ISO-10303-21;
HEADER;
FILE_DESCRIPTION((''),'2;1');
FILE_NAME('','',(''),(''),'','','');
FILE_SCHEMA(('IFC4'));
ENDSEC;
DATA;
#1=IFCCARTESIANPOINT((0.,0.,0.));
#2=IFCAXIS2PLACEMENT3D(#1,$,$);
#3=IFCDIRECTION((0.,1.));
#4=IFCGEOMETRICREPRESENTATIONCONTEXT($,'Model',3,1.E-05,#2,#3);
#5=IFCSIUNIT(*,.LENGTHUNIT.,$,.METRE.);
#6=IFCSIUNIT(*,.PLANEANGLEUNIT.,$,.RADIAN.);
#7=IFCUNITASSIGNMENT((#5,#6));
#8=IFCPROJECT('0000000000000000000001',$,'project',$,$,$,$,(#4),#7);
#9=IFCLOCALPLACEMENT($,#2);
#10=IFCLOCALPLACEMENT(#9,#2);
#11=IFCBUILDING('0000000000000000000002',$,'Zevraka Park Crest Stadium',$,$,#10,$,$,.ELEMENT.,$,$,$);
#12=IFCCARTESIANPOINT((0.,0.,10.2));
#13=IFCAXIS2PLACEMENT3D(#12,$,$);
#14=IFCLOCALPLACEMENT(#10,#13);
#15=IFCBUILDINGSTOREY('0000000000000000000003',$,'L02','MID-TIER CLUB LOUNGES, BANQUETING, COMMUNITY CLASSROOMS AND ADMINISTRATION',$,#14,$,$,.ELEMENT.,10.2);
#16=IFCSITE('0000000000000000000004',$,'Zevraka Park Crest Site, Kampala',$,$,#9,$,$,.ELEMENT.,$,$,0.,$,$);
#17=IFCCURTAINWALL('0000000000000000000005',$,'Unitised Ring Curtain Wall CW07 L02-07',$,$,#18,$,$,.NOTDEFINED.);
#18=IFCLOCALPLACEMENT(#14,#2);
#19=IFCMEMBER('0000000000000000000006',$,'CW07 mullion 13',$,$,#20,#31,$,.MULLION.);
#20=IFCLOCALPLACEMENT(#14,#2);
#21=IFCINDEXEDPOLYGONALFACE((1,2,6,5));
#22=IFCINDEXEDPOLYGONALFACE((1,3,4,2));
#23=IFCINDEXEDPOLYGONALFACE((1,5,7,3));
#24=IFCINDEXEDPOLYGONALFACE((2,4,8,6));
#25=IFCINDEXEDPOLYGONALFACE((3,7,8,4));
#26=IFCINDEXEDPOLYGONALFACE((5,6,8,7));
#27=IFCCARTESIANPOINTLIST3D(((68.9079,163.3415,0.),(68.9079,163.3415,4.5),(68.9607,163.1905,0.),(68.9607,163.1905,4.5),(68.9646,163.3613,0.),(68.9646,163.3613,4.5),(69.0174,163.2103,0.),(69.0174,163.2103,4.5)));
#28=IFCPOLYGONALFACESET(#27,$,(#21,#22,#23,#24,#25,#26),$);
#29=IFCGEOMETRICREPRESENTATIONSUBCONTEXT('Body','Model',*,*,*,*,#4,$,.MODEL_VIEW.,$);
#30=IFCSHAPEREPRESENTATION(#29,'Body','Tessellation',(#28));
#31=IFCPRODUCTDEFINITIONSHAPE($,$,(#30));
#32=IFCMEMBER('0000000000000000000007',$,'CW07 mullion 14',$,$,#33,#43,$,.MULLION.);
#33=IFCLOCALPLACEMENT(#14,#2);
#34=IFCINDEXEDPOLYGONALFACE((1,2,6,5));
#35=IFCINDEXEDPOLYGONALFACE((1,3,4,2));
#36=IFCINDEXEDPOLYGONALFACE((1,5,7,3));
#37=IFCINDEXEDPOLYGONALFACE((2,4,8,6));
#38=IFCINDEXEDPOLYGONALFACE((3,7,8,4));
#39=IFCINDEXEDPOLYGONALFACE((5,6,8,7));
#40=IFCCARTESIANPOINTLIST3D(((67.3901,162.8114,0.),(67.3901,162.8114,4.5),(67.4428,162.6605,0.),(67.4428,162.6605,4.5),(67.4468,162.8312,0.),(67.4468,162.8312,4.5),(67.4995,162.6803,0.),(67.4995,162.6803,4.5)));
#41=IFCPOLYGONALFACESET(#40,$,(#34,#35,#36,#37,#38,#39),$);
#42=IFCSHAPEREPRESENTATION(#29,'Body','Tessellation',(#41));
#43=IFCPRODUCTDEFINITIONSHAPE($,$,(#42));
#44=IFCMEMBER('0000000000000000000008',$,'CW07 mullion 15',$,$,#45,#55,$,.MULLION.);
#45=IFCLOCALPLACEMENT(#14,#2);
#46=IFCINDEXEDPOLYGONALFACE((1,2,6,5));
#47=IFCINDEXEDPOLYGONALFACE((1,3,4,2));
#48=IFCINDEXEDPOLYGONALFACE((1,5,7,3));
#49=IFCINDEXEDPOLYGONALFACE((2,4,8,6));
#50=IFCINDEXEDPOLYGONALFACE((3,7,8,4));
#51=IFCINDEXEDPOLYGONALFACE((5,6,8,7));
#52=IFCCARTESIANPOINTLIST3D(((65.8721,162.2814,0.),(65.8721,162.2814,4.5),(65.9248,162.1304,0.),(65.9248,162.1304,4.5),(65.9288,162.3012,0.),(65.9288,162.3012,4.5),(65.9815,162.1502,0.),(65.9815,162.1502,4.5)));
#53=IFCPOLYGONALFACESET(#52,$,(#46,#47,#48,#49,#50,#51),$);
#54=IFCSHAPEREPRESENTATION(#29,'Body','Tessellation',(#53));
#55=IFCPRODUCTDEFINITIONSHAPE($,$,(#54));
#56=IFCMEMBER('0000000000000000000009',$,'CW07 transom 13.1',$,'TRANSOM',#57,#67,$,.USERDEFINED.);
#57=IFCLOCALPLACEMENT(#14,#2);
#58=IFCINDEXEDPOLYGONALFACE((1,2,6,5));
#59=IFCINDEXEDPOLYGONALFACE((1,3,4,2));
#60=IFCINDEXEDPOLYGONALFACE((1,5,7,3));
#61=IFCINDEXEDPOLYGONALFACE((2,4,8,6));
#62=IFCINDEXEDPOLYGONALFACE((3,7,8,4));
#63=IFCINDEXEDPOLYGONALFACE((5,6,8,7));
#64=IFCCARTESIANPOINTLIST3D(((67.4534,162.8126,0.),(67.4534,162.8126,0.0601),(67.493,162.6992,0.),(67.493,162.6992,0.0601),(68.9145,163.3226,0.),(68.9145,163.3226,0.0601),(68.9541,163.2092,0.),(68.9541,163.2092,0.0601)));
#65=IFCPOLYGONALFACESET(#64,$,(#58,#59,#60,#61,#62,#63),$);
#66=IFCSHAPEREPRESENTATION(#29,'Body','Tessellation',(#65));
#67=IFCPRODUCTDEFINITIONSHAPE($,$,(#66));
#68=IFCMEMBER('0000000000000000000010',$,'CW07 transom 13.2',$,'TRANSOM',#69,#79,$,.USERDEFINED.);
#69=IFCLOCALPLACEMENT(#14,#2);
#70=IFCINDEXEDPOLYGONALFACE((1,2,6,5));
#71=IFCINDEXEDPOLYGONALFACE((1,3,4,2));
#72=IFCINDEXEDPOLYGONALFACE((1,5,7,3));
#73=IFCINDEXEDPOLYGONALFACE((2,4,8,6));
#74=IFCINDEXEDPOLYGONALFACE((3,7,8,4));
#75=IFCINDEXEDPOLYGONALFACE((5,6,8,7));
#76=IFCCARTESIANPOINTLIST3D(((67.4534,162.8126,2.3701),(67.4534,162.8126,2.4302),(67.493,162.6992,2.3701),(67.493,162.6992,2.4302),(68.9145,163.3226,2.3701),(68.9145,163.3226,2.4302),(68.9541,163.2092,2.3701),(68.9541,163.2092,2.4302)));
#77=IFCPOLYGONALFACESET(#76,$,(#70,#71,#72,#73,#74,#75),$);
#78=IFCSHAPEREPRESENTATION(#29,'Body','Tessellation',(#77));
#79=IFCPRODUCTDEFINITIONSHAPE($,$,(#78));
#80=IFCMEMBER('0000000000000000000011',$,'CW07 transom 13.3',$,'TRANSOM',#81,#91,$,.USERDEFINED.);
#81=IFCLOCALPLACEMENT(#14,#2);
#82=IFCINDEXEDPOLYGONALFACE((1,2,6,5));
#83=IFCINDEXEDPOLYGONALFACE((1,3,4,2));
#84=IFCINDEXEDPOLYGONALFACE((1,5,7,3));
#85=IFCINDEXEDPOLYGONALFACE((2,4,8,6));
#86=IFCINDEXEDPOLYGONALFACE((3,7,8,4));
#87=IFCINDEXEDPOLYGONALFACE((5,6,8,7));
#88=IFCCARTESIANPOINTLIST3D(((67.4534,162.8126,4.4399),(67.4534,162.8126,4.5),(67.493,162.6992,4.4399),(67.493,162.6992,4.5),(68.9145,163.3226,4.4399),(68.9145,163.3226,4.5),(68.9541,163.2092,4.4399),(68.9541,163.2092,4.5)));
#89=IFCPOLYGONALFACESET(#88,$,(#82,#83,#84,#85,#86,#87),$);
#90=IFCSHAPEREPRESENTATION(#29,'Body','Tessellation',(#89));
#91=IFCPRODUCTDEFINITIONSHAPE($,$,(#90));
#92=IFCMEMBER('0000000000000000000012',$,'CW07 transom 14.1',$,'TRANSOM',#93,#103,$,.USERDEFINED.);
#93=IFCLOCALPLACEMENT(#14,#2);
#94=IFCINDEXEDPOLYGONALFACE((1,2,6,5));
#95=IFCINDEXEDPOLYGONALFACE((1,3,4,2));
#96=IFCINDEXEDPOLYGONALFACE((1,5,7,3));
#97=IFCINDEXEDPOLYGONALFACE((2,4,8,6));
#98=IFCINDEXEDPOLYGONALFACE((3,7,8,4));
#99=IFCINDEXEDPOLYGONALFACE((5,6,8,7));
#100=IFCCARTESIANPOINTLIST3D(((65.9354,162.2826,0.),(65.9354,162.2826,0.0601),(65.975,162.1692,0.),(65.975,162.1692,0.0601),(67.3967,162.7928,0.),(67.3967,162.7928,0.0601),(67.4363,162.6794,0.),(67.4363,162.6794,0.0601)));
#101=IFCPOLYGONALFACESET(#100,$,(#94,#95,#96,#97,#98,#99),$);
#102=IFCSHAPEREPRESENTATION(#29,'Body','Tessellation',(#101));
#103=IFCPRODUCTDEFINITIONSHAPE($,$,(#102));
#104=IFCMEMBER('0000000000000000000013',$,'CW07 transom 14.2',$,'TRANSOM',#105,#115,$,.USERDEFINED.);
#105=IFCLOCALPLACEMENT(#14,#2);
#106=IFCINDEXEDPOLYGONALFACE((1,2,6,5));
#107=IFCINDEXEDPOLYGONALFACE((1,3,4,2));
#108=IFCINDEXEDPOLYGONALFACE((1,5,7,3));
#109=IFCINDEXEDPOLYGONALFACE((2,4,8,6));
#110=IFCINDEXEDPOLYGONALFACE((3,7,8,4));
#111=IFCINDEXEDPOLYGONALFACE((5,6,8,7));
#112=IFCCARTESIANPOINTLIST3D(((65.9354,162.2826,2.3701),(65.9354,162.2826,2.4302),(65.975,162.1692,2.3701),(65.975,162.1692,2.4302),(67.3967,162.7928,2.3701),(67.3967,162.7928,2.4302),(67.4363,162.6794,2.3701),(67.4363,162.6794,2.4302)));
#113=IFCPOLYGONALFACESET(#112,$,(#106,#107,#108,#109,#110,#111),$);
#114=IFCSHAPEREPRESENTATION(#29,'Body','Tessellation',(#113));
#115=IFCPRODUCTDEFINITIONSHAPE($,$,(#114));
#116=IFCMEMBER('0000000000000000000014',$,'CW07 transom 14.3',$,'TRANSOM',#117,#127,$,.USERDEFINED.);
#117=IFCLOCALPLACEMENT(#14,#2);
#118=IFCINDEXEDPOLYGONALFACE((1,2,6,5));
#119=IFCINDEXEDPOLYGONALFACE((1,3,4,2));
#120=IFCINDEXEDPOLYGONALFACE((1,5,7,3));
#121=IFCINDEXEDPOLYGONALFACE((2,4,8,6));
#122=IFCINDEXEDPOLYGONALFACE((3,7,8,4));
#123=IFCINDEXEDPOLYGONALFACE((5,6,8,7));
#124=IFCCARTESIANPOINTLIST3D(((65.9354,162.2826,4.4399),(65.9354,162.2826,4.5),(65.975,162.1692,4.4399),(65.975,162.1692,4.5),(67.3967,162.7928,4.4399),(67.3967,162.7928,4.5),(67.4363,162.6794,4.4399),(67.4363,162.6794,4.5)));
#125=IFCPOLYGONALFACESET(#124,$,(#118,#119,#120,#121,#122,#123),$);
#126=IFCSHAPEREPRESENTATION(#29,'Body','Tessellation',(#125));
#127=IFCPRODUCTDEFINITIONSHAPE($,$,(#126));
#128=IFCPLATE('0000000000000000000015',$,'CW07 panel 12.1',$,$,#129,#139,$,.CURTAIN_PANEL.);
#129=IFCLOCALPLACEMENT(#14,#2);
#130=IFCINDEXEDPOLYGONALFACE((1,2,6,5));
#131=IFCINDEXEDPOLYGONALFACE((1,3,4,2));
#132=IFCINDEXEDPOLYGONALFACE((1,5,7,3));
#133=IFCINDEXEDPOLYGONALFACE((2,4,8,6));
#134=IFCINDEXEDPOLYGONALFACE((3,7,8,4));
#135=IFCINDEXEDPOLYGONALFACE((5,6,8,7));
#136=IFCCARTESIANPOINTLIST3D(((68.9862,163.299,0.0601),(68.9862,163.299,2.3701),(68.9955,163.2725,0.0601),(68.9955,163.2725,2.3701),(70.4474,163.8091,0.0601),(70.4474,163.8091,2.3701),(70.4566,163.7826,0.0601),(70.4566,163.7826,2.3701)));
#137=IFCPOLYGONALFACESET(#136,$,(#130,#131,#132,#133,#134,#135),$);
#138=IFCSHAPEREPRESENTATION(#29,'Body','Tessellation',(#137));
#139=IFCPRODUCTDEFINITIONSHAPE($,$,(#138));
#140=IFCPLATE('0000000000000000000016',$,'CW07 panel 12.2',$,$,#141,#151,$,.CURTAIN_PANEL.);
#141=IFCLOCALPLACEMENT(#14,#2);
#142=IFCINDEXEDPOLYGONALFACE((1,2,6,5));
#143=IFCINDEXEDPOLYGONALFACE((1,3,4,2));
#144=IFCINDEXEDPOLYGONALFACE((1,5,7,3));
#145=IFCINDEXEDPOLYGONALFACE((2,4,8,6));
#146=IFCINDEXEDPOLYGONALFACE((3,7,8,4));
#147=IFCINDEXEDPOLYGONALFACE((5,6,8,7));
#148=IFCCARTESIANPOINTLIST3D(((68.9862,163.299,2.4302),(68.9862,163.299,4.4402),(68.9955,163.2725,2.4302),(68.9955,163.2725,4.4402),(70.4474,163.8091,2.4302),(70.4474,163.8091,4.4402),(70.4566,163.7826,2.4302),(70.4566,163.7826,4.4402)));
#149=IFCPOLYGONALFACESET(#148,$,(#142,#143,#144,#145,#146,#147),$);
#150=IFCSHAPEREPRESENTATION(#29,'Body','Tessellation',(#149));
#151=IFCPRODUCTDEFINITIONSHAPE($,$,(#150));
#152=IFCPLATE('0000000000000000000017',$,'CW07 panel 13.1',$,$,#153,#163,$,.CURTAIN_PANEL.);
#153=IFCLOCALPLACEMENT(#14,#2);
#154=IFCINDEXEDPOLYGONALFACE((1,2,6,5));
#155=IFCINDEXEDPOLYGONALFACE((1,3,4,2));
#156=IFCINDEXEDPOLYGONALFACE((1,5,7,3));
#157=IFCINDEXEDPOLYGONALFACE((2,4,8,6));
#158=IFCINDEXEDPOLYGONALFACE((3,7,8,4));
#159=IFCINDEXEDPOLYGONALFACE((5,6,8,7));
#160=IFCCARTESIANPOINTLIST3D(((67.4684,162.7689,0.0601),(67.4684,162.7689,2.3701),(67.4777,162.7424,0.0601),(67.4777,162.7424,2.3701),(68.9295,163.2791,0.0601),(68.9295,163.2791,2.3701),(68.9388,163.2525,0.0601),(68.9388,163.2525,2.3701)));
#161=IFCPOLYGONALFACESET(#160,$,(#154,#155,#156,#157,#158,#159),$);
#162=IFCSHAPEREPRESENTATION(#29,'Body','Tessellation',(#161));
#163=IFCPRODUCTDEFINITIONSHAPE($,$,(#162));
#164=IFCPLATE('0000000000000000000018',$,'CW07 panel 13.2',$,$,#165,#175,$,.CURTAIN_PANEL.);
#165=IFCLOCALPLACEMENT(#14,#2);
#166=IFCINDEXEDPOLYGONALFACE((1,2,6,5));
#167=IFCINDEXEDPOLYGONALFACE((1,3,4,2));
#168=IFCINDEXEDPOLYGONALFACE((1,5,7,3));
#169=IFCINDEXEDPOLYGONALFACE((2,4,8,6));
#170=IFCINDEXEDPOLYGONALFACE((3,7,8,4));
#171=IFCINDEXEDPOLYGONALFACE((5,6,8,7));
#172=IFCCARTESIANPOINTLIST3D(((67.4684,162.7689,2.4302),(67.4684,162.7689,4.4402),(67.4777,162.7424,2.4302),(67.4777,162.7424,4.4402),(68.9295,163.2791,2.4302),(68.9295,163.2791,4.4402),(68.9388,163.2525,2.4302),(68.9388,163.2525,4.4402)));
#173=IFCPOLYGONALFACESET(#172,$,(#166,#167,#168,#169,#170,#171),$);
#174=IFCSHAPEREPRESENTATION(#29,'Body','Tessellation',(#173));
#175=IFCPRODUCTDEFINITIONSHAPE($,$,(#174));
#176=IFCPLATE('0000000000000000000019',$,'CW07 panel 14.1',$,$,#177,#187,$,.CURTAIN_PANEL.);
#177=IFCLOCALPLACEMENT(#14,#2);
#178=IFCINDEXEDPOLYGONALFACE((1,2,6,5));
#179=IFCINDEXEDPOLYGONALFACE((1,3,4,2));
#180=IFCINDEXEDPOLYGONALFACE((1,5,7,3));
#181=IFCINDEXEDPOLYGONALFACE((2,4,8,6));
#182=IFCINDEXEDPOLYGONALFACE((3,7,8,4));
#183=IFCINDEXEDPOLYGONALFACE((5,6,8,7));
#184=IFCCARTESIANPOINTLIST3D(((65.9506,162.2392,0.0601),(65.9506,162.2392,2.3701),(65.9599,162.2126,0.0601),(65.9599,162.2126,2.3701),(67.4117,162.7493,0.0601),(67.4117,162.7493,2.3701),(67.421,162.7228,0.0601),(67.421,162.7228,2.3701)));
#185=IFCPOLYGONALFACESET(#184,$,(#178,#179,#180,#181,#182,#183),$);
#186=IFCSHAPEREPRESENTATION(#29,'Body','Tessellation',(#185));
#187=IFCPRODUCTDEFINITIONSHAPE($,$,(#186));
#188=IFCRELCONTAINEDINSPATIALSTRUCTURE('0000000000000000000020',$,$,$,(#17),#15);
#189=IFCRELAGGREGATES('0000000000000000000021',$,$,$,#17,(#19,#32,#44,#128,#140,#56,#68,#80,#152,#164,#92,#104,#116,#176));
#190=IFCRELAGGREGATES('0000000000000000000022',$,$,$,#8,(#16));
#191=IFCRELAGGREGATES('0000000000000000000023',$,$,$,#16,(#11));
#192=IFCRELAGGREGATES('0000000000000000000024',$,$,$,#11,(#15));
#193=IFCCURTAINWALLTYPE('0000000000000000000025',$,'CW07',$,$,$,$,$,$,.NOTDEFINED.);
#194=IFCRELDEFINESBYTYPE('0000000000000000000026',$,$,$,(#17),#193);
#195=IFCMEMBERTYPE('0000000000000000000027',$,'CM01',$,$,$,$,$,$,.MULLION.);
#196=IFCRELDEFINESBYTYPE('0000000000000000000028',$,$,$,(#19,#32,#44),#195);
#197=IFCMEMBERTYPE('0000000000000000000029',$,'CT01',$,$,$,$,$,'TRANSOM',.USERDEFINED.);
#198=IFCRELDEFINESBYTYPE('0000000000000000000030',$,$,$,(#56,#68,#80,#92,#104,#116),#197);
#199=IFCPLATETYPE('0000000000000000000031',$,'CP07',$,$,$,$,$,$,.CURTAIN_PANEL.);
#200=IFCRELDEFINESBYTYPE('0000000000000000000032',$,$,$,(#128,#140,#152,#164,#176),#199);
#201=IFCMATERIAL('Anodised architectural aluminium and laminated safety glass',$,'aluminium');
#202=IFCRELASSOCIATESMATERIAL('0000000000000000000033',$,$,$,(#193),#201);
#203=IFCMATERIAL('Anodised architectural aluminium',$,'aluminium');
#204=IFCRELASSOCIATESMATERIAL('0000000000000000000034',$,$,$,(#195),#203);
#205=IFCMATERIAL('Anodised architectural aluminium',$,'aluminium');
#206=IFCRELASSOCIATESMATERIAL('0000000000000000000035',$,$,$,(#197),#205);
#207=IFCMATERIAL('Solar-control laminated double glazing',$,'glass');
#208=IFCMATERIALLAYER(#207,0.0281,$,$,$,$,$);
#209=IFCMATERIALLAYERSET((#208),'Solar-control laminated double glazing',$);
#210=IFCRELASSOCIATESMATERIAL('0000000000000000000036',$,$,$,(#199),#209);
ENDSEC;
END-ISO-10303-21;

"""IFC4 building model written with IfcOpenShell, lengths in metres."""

from ifc_helpers import new_model, si_unit, direction, frame, origin, origin_2d, place, context, subcontext, project, spatial, rectangle, extrude, material, layer, layer_set, material_profile, profile_set, type_object, element, aggregate, save


model = new_model("IFC4")

# Units and contexts
model_context = context("Model", 3, precision=1e-05, world=origin(), true_north=direction((0.0, 1.0)))
body_context = subcontext(model_context, "Body", "Model", "MODEL_VIEW")
ifc_project = project(units=[si_unit("LENGTHUNIT", "METRE"), si_unit("PLANEANGLEUNIT", "RADIAN")], contexts=[model_context])

# Site, building, storey
site_placement = place(None, origin())
site = spatial("IfcSite", under=ifc_project, at=site_placement, Name="Zevraka Park Crest Site, Kampala", CompositionType="ELEMENT", RefElevation=0.0)
building_placement = place(site_placement, origin())
building = spatial("IfcBuilding", under=site, at=building_placement, Name="Zevraka Park Crest Stadium", CompositionType="ELEMENT")
storey_placement = place(building_placement, frame((0.0, 0.0, 10.2)))
storey = spatial("IfcBuildingStorey", under=building, at=storey_placement, Name="L02", Description="MID-TIER CLUB LOUNGES, BANQUETING, COMMUNITY CLASSROOMS AND ADMINISTRATION", CompositionType="ELEMENT", Elevation=10.2)

# Curtain wall, members, plates
ifc_material_1 = material(Name="Anodised architectural aluminium and laminated safety glass", Category="aluminium")
curtain_wall_type = type_object("IfcCurtainWallType", Name="CW07", PredefinedType="NOTDEFINED", material=ifc_material_1)
curtain_wall_placement = place(storey_placement, origin())
curtain_wall = element("IfcCurtainWall", 1, at=curtain_wall_placement, inside=storey, type_object=curtain_wall_type, Name="Unitised Ring Curtain Wall CW07 L02-07", PredefinedType="NOTDEFINED")
ifc_material_2 = material(Name="Anodised architectural aluminium", Category="aluminium")
ifc_material_profile_1 = material_profile(ifc_material_2, rectangle(XDim=0.1599, YDim=0.0601, at=origin_2d()), Name="ALU MULLION 160x60")
ifc_profile_set_1 = profile_set([ifc_material_profile_1], Name="Anodised architectural aluminium")
member_type_1 = type_object("IfcMemberType", Name="CM01", PredefinedType="MULLION", material=ifc_profile_set_1)
member_1_placement = place(storey_placement, frame((68.9626, 163.2759, 0.0), z_axis=(0.0, 0.0, 1.0), x_axis=(0.329619, -0.944114, 0.0)))
member_1 = element("IfcMember", 2, at=member_1_placement, type_object=member_type_1, Name="CW07 mullion 13", PredefinedType="MULLION", context=body_context, shape_type="SweptSolid", body=[
    extrude(rectangle(XDim=0.1599, YDim=0.0601, at=origin_2d()), origin(), (0.0, 0.0, 1.0), 4.5),
])
member_2_placement = place(storey_placement, frame((67.4448, 162.7458, 0.0), z_axis=(0.0, 0.0, 1.0), x_axis=(0.329619, -0.944114, 0.0)))
member_2 = element("IfcMember", 3, at=member_2_placement, type_object=member_type_1, Name="CW07 mullion 14", PredefinedType="MULLION", context=body_context, shape_type="SweptSolid", body=[
    extrude(rectangle(XDim=0.1599, YDim=0.0601, at=origin_2d()), origin(), (0.0, 0.0, 1.0), 4.5),
])
member_3_placement = place(storey_placement, frame((65.9268, 162.2158, 0.0), z_axis=(0.0, 0.0, 1.0), x_axis=(0.329619, -0.944114, 0.0)))
member_3 = element("IfcMember", 4, at=member_3_placement, type_object=member_type_1, Name="CW07 mullion 15", PredefinedType="MULLION", context=body_context, shape_type="SweptSolid", body=[
    extrude(rectangle(XDim=0.1599, YDim=0.0601, at=origin_2d()), origin(), (0.0, 0.0, 1.0), 4.5),
])
ifc_material_3 = material(Name="Anodised architectural aluminium", Category="aluminium")
ifc_material_profile_2 = material_profile(ifc_material_3, rectangle(XDim=0.1201, YDim=0.0601, at=origin_2d()), Name="ALU TRANSOM 120x60")
ifc_profile_set_2 = profile_set([ifc_material_profile_2], Name="Anodised architectural aluminium")
member_type_2 = type_object("IfcMemberType", Name="CT01", ElementType="TRANSOM", PredefinedType="USERDEFINED", material=ifc_profile_set_2)
member_4_placement = place(storey_placement, frame((68.9343, 163.2659, 0.03), z_axis=(-0.944141, -0.329542, 0.0), x_axis=(0.329542, -0.944141, 0.0)))
member_4 = element("IfcMember", 5, at=member_4_placement, type_object=member_type_2, Name="CW07 transom 13.1", ObjectType="TRANSOM", PredefinedType="USERDEFINED", context=body_context, shape_type="SweptSolid", body=[
    extrude(rectangle(XDim=0.1201, YDim=0.0601, at=origin_2d()), origin(), (0.0, 0.0, 1.0), 1.5476),
])
member_5_placement = place(storey_placement, frame((68.9343, 163.2659, 2.4001), z_axis=(-0.944141, -0.329542, 0.0), x_axis=(0.329542, -0.944141, 0.0)))
member_5 = element("IfcMember", 6, at=member_5_placement, type_object=member_type_2, Name="CW07 transom 13.2", ObjectType="TRANSOM", PredefinedType="USERDEFINED", context=body_context, shape_type="SweptSolid", body=[
    extrude(rectangle(XDim=0.1201, YDim=0.0601, at=origin_2d()), origin(), (0.0, 0.0, 1.0), 1.5476),
])
member_6_placement = place(storey_placement, frame((68.9343, 163.2659, 4.47), z_axis=(-0.944141, -0.329542, 0.0), x_axis=(0.329542, -0.944141, 0.0)))
member_6 = element("IfcMember", 7, at=member_6_placement, type_object=member_type_2, Name="CW07 transom 13.3", ObjectType="TRANSOM", PredefinedType="USERDEFINED", context=body_context, shape_type="SweptSolid", body=[
    extrude(rectangle(XDim=0.1201, YDim=0.0601, at=origin_2d()), origin(), (0.0, 0.0, 1.0), 1.5476),
])
member_7_placement = place(storey_placement, frame((67.4165, 162.7361, 0.03), z_axis=(-0.944109, -0.329634, 0.0), x_axis=(0.329634, -0.944109, 0.0)))
member_7 = element("IfcMember", 8, at=member_7_placement, type_object=member_type_2, Name="CW07 transom 14.1", ObjectType="TRANSOM", PredefinedType="USERDEFINED", context=body_context, shape_type="SweptSolid", body=[
    extrude(rectangle(XDim=0.1201, YDim=0.0601, at=origin_2d()), origin(), (0.0, 0.0, 1.0), 1.5479),
])
member_8_placement = place(storey_placement, frame((67.4165, 162.7361, 2.4001), z_axis=(-0.944109, -0.329634, 0.0), x_axis=(0.329634, -0.944109, 0.0)))
member_8 = element("IfcMember", 9, at=member_8_placement, type_object=member_type_2, Name="CW07 transom 14.2", ObjectType="TRANSOM", PredefinedType="USERDEFINED", context=body_context, shape_type="SweptSolid", body=[
    extrude(rectangle(XDim=0.1201, YDim=0.0601, at=origin_2d()), origin(), (0.0, 0.0, 1.0), 1.5479),
])
member_9_placement = place(storey_placement, frame((67.4165, 162.7361, 4.47), z_axis=(-0.944109, -0.329634, 0.0), x_axis=(0.329634, -0.944109, 0.0)))
member_9 = element("IfcMember", 10, at=member_9_placement, type_object=member_type_2, Name="CW07 transom 14.3", ObjectType="TRANSOM", PredefinedType="USERDEFINED", context=body_context, shape_type="SweptSolid", body=[
    extrude(rectangle(XDim=0.1201, YDim=0.0601, at=origin_2d()), origin(), (0.0, 0.0, 1.0), 1.5479),
])
ifc_material_4 = material(Name="Solar-control laminated double glazing", Category="glass")
ifc_layer_1 = layer(ifc_material_4, 0.0281)
ifc_layer_set_1 = layer_set([ifc_layer_1], Name="Solar-control laminated double glazing")
plate_type = type_object("IfcPlateType", Name="CP07", PredefinedType="CURTAIN_PANEL", material=ifc_layer_set_1)
plate_1_placement = place(storey_placement, frame((69.7214, 163.5408, 0.0601), z_axis=(0.0, 0.0, 1.0), x_axis=(-0.944114, -0.329619, 0.0)))
plate_1 = element("IfcPlate", 11, at=plate_1_placement, type_object=plate_type, Name="CW07 panel 12.1", PredefinedType="CURTAIN_PANEL", context=body_context, shape_type="SweptSolid", body=[
    extrude(rectangle(XDim=1.5476, YDim=0.0281, at=origin_2d()), origin(), (0.0, 0.0, 1.0), 2.3101),
])
plate_2_placement = place(storey_placement, frame((69.7214, 163.5408, 2.4302), z_axis=(0.0, 0.0, 1.0), x_axis=(-0.944114, -0.329619, 0.0)))
plate_2 = element("IfcPlate", 12, at=plate_2_placement, type_object=plate_type, Name="CW07 panel 12.2", PredefinedType="CURTAIN_PANEL", context=body_context, shape_type="SweptSolid", body=[
    extrude(rectangle(XDim=1.5476, YDim=0.0281, at=origin_2d()), origin(), (0.0, 0.0, 1.0), 2.01),
])
plate_3_placement = place(storey_placement, frame((68.2036, 163.0107, 0.0601), z_axis=(0.0, 0.0, 1.0), x_axis=(-0.944114, -0.329619, 0.0)))
plate_3 = element("IfcPlate", 13, at=plate_3_placement, type_object=plate_type, Name="CW07 panel 13.1", PredefinedType="CURTAIN_PANEL", context=body_context, shape_type="SweptSolid", body=[
    extrude(rectangle(XDim=1.5476, YDim=0.0281, at=origin_2d()), origin(), (0.0, 0.0, 1.0), 2.3101),
])
plate_4_placement = place(storey_placement, frame((68.2036, 163.0107, 2.4302), z_axis=(0.0, 0.0, 1.0), x_axis=(-0.944114, -0.329619, 0.0)))
plate_4 = element("IfcPlate", 14, at=plate_4_placement, type_object=plate_type, Name="CW07 panel 13.2", PredefinedType="CURTAIN_PANEL", context=body_context, shape_type="SweptSolid", body=[
    extrude(rectangle(XDim=1.5476, YDim=0.0281, at=origin_2d()), origin(), (0.0, 0.0, 1.0), 2.01),
])
plate_5_placement = place(storey_placement, frame((66.6858, 162.481, 0.0601), z_axis=(0.0, 0.0, 1.0), x_axis=(-0.944114, -0.329619, 0.0)))
plate_5 = element("IfcPlate", 15, at=plate_5_placement, type_object=plate_type, Name="CW07 panel 14.1", PredefinedType="CURTAIN_PANEL", context=body_context, shape_type="SweptSolid", body=[
    extrude(rectangle(XDim=1.5476, YDim=0.0281, at=origin_2d()), origin(), (0.0, 0.0, 1.0), 2.3101),
])
aggregate(curtain_wall, [member_1, member_2, member_3, plate_1, plate_2, member_4, member_5, member_6, plate_3, plate_4, member_7, member_8, member_9, plate_5])

save(model, "model.ifc")
